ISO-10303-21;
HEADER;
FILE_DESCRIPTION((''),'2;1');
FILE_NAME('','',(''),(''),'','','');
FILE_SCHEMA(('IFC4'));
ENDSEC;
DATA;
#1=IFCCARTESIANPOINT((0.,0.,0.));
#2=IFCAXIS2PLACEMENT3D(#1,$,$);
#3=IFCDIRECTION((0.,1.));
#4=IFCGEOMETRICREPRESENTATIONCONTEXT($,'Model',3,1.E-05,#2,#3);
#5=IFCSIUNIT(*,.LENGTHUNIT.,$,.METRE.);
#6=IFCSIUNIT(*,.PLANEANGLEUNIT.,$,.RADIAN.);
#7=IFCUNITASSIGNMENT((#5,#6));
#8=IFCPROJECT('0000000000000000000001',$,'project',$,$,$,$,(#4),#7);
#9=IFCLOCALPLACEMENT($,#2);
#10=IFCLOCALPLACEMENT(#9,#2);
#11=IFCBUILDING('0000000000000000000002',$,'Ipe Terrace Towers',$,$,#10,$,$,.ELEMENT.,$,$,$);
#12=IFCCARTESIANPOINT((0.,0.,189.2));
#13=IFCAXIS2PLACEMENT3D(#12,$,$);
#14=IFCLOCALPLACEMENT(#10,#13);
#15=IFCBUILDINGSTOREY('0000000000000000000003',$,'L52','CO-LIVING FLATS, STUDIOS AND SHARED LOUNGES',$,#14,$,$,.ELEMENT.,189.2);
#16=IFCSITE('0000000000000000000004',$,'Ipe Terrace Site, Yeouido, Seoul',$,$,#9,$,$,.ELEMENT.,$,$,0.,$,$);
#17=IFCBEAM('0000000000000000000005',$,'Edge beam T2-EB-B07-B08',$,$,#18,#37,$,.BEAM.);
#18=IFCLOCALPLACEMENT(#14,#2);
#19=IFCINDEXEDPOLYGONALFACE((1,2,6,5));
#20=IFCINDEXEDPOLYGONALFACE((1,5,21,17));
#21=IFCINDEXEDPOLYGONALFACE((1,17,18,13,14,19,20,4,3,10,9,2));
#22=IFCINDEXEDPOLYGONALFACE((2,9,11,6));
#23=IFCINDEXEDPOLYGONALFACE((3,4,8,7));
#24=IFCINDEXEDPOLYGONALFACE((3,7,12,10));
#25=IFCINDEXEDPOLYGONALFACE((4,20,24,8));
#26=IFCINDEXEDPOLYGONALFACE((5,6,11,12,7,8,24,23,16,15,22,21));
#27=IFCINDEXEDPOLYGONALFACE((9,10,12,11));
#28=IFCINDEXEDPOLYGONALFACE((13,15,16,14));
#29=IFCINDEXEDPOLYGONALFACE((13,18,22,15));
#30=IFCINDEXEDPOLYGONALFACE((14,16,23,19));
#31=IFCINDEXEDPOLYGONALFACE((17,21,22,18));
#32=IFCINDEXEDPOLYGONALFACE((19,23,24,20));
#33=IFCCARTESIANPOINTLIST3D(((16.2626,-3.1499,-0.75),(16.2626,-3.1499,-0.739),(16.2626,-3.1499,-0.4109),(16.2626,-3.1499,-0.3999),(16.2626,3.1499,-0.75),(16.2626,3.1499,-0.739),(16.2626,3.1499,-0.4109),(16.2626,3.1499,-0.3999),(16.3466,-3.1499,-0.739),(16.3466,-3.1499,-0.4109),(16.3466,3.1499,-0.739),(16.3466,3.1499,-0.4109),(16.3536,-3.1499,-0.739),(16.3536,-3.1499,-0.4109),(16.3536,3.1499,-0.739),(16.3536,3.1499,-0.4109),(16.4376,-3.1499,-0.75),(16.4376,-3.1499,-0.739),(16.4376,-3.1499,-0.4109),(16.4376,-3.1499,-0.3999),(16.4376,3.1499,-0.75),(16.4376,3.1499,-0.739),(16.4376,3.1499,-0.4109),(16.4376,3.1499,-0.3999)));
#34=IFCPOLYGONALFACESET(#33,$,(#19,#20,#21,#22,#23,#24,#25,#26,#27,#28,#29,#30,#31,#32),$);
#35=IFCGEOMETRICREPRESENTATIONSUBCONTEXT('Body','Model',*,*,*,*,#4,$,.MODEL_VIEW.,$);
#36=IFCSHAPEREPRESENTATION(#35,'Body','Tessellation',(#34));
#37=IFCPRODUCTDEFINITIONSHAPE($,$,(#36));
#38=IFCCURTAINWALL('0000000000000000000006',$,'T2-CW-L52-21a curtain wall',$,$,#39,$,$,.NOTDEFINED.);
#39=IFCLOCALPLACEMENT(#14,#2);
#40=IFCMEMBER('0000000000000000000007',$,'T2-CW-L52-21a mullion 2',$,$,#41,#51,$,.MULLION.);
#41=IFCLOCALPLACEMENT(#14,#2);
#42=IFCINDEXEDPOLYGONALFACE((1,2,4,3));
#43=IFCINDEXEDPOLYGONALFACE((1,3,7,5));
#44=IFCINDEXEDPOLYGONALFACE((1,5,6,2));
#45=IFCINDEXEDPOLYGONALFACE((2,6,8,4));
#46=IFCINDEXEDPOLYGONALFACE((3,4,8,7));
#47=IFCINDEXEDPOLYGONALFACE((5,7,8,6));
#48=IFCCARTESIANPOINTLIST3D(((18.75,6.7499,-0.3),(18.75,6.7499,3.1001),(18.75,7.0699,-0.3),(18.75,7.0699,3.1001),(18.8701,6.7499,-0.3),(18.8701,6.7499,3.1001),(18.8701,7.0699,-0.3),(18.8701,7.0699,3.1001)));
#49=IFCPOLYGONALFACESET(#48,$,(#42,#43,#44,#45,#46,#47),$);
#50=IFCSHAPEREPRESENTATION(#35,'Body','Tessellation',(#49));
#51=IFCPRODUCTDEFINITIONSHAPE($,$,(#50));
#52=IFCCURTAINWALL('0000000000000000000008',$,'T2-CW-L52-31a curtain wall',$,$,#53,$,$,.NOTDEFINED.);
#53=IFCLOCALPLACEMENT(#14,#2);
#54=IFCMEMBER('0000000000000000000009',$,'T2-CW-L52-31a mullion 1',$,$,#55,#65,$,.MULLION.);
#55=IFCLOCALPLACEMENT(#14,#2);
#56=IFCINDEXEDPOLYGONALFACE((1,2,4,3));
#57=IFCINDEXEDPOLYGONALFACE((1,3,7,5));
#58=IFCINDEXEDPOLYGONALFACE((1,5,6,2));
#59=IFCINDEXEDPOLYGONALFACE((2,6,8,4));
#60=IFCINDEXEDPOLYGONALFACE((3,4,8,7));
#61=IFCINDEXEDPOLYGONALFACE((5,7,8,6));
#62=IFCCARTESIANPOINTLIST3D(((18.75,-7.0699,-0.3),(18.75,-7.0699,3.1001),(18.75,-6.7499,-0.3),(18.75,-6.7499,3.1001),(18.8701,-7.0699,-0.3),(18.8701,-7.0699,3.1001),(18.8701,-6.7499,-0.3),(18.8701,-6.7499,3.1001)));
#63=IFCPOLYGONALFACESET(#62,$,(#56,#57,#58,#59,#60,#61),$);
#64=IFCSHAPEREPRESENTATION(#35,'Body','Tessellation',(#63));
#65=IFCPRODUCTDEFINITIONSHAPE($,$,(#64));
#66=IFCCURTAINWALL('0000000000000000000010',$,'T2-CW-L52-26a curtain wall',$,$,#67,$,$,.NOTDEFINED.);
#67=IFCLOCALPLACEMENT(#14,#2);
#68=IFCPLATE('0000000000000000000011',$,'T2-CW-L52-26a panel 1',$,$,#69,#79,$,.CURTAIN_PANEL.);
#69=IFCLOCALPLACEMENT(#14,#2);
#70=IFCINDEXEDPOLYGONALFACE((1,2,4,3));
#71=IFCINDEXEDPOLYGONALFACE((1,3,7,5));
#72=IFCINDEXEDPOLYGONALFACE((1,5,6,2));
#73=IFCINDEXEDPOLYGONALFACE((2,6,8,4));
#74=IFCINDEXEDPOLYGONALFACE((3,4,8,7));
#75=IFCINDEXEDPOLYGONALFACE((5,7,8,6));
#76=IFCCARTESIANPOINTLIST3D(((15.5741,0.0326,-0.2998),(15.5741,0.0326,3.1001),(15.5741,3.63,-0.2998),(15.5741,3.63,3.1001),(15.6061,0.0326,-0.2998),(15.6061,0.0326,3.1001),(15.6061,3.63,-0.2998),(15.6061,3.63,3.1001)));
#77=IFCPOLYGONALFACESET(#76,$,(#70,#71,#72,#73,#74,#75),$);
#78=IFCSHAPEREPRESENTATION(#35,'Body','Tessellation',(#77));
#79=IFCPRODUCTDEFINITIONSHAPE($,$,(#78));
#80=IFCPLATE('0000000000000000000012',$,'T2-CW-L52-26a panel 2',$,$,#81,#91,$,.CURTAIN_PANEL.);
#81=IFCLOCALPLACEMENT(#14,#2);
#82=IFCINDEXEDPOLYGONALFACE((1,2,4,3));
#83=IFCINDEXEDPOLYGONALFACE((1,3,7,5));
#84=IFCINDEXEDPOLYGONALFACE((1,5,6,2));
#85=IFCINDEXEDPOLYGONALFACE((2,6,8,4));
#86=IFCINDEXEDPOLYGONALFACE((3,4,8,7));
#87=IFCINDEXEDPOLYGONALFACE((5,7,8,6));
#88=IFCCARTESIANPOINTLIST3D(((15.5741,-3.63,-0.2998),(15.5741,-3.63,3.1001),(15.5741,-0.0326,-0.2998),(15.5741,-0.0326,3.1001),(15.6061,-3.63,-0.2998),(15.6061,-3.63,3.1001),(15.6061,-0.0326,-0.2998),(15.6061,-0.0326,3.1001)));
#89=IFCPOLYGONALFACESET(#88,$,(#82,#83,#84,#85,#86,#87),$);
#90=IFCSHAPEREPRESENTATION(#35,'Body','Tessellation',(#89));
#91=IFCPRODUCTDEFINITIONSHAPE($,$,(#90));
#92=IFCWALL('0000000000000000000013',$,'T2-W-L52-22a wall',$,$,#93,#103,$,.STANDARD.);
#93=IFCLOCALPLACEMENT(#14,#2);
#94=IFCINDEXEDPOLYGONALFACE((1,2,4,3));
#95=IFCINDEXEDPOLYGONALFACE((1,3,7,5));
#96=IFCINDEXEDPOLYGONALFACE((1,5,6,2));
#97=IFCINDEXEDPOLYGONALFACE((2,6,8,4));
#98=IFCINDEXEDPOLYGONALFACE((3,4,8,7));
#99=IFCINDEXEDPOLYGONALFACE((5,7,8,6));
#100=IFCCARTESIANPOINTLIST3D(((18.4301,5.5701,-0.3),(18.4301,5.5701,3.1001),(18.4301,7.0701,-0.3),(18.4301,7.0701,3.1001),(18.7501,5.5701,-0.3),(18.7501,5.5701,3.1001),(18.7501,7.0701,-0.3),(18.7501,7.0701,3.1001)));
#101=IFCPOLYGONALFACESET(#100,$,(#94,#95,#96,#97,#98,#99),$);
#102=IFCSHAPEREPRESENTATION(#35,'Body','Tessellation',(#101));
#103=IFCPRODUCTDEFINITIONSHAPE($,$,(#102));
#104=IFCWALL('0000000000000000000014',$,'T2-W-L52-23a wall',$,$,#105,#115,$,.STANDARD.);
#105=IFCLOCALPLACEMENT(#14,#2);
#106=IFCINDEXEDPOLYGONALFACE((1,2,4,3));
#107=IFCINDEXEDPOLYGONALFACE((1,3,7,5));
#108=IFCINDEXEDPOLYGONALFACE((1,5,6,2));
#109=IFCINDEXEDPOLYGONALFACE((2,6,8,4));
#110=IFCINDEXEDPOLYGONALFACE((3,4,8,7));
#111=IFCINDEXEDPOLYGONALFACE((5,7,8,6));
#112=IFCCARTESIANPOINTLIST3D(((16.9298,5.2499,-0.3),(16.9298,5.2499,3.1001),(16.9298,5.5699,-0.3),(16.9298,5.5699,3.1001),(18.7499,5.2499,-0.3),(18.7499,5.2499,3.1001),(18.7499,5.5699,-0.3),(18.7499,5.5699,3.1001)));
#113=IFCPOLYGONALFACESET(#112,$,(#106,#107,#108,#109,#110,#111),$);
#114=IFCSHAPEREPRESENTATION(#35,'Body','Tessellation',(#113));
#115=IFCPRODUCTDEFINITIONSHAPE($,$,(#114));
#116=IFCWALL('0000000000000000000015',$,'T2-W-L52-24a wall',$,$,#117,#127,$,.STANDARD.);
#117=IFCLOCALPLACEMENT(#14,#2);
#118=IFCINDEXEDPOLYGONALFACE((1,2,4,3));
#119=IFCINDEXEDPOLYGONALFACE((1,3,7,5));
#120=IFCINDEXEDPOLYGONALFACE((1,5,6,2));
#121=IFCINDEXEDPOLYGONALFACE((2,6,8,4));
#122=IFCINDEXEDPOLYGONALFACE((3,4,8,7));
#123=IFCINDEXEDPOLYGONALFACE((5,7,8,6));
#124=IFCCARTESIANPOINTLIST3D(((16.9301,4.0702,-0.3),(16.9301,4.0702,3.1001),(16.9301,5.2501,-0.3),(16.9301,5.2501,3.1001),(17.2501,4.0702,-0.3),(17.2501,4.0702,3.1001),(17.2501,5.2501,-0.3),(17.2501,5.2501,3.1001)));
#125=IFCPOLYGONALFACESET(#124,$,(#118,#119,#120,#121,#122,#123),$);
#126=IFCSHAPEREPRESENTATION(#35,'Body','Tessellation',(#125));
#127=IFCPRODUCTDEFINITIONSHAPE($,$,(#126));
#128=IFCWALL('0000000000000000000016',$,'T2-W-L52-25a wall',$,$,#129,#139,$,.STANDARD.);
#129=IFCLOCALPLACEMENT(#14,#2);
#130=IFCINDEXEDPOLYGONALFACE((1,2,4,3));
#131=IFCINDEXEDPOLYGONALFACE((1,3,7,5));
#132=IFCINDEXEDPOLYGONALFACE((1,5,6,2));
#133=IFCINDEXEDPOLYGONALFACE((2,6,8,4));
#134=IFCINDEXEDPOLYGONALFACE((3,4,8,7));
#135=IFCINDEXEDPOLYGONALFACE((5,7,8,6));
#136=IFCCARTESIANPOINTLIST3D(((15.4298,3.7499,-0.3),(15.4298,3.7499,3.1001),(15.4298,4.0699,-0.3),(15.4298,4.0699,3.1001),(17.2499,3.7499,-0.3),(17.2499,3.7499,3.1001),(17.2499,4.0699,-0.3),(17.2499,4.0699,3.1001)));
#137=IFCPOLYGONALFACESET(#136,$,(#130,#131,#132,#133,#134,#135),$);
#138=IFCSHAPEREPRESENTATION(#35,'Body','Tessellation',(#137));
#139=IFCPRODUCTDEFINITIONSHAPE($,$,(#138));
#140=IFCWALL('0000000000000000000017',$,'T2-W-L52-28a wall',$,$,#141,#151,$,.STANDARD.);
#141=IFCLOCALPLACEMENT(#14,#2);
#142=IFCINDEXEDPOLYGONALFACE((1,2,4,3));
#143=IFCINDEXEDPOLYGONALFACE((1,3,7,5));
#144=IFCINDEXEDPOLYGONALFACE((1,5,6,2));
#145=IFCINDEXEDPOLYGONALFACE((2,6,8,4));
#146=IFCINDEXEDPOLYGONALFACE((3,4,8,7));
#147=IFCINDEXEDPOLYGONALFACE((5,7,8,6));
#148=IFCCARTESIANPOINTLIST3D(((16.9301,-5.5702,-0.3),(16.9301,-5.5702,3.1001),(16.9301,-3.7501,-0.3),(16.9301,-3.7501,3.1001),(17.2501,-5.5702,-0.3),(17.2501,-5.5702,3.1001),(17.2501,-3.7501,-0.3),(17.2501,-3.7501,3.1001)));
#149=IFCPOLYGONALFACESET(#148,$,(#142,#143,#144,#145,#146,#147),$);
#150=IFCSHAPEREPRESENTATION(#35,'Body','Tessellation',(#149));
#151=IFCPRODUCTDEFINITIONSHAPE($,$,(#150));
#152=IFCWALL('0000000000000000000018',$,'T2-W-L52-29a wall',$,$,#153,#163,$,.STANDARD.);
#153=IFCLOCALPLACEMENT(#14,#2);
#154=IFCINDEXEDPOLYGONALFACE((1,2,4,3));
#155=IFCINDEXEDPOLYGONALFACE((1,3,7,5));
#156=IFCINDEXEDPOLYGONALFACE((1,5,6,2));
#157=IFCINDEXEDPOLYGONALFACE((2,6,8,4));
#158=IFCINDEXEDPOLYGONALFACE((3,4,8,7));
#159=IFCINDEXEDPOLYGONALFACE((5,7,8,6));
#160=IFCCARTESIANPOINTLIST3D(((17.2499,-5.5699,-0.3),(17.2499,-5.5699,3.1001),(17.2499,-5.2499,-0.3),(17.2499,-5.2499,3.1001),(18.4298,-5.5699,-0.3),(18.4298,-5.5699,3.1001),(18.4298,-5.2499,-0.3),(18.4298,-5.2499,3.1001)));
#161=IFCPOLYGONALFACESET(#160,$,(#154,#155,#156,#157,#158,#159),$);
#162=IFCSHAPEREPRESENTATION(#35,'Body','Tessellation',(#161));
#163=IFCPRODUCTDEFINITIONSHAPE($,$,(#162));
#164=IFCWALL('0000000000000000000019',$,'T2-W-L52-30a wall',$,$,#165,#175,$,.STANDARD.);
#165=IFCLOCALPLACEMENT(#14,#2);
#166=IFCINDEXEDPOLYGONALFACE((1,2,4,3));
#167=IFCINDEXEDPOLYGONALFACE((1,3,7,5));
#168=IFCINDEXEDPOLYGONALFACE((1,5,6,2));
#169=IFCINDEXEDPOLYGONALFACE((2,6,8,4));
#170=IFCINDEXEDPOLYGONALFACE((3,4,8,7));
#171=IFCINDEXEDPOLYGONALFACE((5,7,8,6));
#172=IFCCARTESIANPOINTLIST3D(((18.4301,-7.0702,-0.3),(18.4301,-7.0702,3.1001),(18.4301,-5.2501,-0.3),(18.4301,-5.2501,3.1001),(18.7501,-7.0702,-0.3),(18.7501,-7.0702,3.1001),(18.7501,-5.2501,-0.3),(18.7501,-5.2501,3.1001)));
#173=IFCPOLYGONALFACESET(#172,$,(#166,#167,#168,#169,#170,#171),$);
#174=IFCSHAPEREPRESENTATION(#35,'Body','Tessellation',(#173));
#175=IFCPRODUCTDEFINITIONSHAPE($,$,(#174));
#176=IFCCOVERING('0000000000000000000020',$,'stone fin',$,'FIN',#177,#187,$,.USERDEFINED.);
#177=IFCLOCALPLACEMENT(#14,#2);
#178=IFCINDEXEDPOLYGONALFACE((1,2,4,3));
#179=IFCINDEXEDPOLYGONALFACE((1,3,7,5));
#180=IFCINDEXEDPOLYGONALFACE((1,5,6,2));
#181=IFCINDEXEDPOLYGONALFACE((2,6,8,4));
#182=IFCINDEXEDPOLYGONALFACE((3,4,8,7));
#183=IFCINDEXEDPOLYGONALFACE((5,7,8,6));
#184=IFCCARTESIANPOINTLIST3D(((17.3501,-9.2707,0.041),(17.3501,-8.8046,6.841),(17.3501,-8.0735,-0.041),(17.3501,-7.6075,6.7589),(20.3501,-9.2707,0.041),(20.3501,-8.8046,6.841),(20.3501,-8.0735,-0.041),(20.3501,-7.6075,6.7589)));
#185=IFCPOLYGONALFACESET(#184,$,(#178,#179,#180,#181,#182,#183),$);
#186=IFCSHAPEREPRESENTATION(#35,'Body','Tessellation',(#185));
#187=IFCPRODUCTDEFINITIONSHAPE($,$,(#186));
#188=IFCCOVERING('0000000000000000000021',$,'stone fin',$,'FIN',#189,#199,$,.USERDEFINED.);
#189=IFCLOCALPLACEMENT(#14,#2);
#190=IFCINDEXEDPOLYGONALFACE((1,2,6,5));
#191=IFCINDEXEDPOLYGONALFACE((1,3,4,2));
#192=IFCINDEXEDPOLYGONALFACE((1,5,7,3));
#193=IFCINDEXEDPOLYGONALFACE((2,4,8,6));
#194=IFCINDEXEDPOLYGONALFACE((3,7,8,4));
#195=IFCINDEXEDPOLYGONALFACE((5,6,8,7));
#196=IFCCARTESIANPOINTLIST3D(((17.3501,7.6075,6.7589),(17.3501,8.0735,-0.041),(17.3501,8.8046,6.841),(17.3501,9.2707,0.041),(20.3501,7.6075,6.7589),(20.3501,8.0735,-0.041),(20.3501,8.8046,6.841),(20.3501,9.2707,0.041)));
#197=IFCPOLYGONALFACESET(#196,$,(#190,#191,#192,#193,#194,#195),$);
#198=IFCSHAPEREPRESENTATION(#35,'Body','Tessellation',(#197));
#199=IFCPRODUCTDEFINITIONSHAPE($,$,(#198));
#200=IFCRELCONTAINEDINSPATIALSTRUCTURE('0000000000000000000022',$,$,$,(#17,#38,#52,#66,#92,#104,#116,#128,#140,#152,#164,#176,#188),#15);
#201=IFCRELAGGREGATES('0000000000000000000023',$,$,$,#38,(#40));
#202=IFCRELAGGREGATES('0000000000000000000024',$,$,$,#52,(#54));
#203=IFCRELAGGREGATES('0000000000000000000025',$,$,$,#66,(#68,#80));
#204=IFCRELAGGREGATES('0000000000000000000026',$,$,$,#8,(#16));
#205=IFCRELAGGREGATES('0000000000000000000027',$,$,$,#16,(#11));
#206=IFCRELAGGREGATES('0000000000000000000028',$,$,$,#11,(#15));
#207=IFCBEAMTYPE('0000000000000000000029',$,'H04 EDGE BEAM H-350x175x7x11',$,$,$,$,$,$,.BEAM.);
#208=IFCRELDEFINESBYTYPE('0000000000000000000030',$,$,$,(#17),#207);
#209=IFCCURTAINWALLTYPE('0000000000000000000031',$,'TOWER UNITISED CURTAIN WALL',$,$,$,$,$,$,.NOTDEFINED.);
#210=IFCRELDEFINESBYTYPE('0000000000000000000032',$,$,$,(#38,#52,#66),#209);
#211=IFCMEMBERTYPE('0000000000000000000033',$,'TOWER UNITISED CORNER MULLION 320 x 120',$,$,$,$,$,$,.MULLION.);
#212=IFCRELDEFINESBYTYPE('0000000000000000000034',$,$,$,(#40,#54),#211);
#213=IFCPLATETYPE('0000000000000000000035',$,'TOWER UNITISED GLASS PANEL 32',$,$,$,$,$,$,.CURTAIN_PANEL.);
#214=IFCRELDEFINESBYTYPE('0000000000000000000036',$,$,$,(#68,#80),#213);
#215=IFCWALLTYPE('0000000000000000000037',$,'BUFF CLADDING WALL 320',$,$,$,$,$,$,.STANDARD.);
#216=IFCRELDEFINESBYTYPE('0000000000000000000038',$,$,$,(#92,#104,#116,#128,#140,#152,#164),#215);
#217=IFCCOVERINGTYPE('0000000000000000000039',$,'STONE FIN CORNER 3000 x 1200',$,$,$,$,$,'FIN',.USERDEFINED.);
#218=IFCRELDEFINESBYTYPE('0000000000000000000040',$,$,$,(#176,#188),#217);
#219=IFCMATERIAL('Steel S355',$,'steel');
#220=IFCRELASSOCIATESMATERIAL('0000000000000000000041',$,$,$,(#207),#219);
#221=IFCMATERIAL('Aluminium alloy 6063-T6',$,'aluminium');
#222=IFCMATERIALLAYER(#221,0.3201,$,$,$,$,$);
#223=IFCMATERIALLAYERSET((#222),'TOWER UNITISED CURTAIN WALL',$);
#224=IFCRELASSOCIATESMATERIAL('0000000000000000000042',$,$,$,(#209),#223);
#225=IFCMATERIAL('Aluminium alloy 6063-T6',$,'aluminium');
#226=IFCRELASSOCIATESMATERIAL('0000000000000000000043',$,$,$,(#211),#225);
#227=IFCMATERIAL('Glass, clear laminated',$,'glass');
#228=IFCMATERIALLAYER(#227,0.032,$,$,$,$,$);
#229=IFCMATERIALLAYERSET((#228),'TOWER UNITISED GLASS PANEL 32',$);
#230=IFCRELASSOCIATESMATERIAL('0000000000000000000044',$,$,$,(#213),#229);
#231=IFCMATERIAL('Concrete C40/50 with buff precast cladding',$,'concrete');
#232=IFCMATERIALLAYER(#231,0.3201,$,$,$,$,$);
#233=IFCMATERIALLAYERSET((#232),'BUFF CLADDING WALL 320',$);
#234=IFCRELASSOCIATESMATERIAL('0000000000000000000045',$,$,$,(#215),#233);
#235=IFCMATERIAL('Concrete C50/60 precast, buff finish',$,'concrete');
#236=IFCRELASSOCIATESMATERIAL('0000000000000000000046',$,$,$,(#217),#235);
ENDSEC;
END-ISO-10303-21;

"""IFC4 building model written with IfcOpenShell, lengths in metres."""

from ifc_helpers import new_model, si_unit, direction, frame, frame_2d, origin, origin_2d, place, context, subcontext, project, spatial, rectangle, i_section, extrude, material, layer, layer_set, material_profile, profile_set, type_object, element, aggregate, save


model = new_model("IFC4")

# Units and contexts
model_context = context("Model", 3, precision=1e-05, world=origin(), true_north=direction((0.0, 1.0)))
body_context = subcontext(model_context, "Body", "Model", "MODEL_VIEW")
ifc_project = project(units=[si_unit("LENGTHUNIT", "METRE"), si_unit("PLANEANGLEUNIT", "RADIAN")], contexts=[model_context])

# Site, building, storey
site_placement = place(None, origin())
site = spatial("IfcSite", under=ifc_project, at=site_placement, Name="Ipe Terrace Site, Yeouido, Seoul", CompositionType="ELEMENT", RefElevation=0.0)
building_placement = place(site_placement, origin())
building = spatial("IfcBuilding", under=site, at=building_placement, Name="Ipe Terrace Towers", CompositionType="ELEMENT")
storey_placement = place(building_placement, frame((0.0, 0.0, 189.2)))
storey = spatial("IfcBuildingStorey", under=building, at=storey_placement, Name="L52", Description="CO-LIVING FLATS, STUDIOS AND SHARED LOUNGES", CompositionType="ELEMENT", Elevation=189.2)

# Beam
ifc_material_1 = material(Name="Steel S355", Category="steel")
ifc_material_profile_1 = material_profile(ifc_material_1, i_section(OverallWidth=0.175, OverallDepth=0.3501, WebThickness=0.0071, FlangeThickness=0.011, at=origin_2d()), Name="H-350x175x7x11")
ifc_profile_set_1 = profile_set([ifc_material_profile_1], Name="Steel S355")
beam_type_1 = type_object("IfcBeamType", Name="H04 EDGE BEAM H-350x175x7x11", PredefinedType="BEAM", material=ifc_profile_set_1)
beam_placement = place(storey_placement, frame((16.3501, 3.1499, -0.575), z_axis=(0.0, -1.0, 0.0), x_axis=(1.0, 0.0, 0.0)))
element("IfcBeam", 1, at=beam_placement, inside=storey, type_object=beam_type_1, Name="Edge beam T2-EB-B07-B08", PredefinedType="BEAM", context=body_context, shape_type="SweptSolid", body=[
    extrude(i_section(OverallWidth=0.175, OverallDepth=0.3501, WebThickness=0.0071, FlangeThickness=0.011, at=origin_2d()), origin(), (0.0, 0.0, 1.0), 6.2998),
])

# Curtain walls, members
ifc_material_2 = material(Name="Aluminium alloy 6063-T6", Category="aluminium")
ifc_layer_1 = layer(ifc_material_2, 0.3201)
ifc_layer_set_1 = layer_set([ifc_layer_1], Name="TOWER UNITISED CURTAIN WALL")
curtain_wall_type = type_object("IfcCurtainWallType", Name="TOWER UNITISED CURTAIN WALL", PredefinedType="NOTDEFINED", material=ifc_layer_set_1)
curtain_wall_1_placement = place(storey_placement, origin())
curtain_wall_1 = element("IfcCurtainWall", 2, at=curtain_wall_1_placement, inside=storey, type_object=curtain_wall_type, Name="T2-CW-L52-21a curtain wall", PredefinedType="NOTDEFINED")
ifc_material_3 = material(Name="Aluminium alloy 6063-T6", Category="aluminium")
ifc_material_profile_2 = material_profile(ifc_material_3, rectangle(XDim=0.3201, YDim=0.1201, at=origin_2d()), Name="TOWER UNITISED CORNER MULLION 320 x 120")
ifc_profile_set_2 = profile_set([ifc_material_profile_2], Name="Aluminium alloy 6063-T6")
member_type = type_object("IfcMemberType", Name="TOWER UNITISED CORNER MULLION 320 x 120", PredefinedType="MULLION", material=ifc_profile_set_2)
member_1_placement = place(storey_placement, frame((18.8101, 6.9099, -0.3), z_axis=(0.0, 0.0, 1.0), x_axis=(0.0, 1.0, 0.0)))
member_1 = element("IfcMember", 3, at=member_1_placement, type_object=member_type, Name="T2-CW-L52-21a mullion 2", PredefinedType="MULLION", context=body_context, shape_type="SweptSolid", body=[
    extrude(rectangle(XDim=0.3201, YDim=0.1201, at=origin_2d()), origin(), (0.0, 0.0, 1.0), 3.4001),
])
aggregate(curtain_wall_1, [member_1])
curtain_wall_2_placement = place(storey_placement, origin())
curtain_wall_2 = element("IfcCurtainWall", 4, at=curtain_wall_2_placement, inside=storey, type_object=curtain_wall_type, Name="T2-CW-L52-31a curtain wall", PredefinedType="NOTDEFINED")
member_2_placement = place(storey_placement, frame((18.8101, -6.9099, -0.3), z_axis=(0.0, 0.0, 1.0), x_axis=(0.0, -1.0, 0.0)))
member_2 = element("IfcMember", 5, at=member_2_placement, type_object=member_type, Name="T2-CW-L52-31a mullion 1", PredefinedType="MULLION", context=body_context, shape_type="SweptSolid", body=[
    extrude(rectangle(XDim=0.3201, YDim=0.1201, at=origin_2d()), origin(), (0.0, 0.0, 1.0), 3.4001),
])
aggregate(curtain_wall_2, [member_2])

# Curtain wall, plates
curtain_wall_3_placement = place(storey_placement, origin())
curtain_wall_3 = element("IfcCurtainWall", 6, at=curtain_wall_3_placement, inside=storey, type_object=curtain_wall_type, Name="T2-CW-L52-26a curtain wall", PredefinedType="NOTDEFINED")
ifc_material_4 = material(Name="Glass, clear laminated", Category="glass")
ifc_layer_2 = layer(ifc_material_4, 0.032)
ifc_layer_set_2 = layer_set([ifc_layer_2], Name="TOWER UNITISED GLASS PANEL 32")
plate_type = type_object("IfcPlateType", Name="TOWER UNITISED GLASS PANEL 32", PredefinedType="CURTAIN_PANEL", material=ifc_layer_set_2)
plate_1_placement = place(storey_placement, frame((15.5901, 1.8313, -0.2998), z_axis=(0.0, 0.0, 1.0), x_axis=(0.0, -1.0, 0.0)))
plate_1 = element("IfcPlate", 7, at=plate_1_placement, type_object=plate_type, Name="T2-CW-L52-26a panel 1", PredefinedType="CURTAIN_PANEL", context=body_context, shape_type="SweptSolid", body=[
    extrude(rectangle(XDim=3.5974, YDim=0.032, at=origin_2d()), origin(), (0.0, 0.0, 1.0), 3.3999),
])
plate_2_placement = place(storey_placement, frame((15.5901, -1.8313, -0.2998), z_axis=(0.0, 0.0, 1.0), x_axis=(0.0, -1.0, 0.0)))
plate_2 = element("IfcPlate", 8, at=plate_2_placement, type_object=plate_type, Name="T2-CW-L52-26a panel 2", PredefinedType="CURTAIN_PANEL", context=body_context, shape_type="SweptSolid", body=[
    extrude(rectangle(XDim=3.5974, YDim=0.032, at=origin_2d()), origin(), (0.0, 0.0, 1.0), 3.3999),
])
aggregate(curtain_wall_3, [plate_1, plate_2])

# Walls
ifc_material_5 = material(Name="Concrete C40/50 with buff precast cladding", Category="concrete")
ifc_layer_3 = layer(ifc_material_5, 0.3201)
ifc_layer_set_3 = layer_set([ifc_layer_3], Name="BUFF CLADDING WALL 320")
wall_type = type_object("IfcWallType", Name="BUFF CLADDING WALL 320", PredefinedType="STANDARD", material=ifc_layer_set_3)
wall_1_placement = place(storey_placement, frame((18.5901, 7.0701, -0.3), z_axis=(0.0, 0.0, 1.0), x_axis=(0.0, -1.0, 0.0)))
element("IfcWall", 9, at=wall_1_placement, inside=storey, type_object=wall_type, Name="T2-W-L52-22a wall", PredefinedType="STANDARD", context=body_context, shape_type="SweptSolid", body=[
    extrude(rectangle(XDim=1.5, YDim=0.3201, at=frame_2d((0.75, 0.0))), origin(), (0.0, 0.0, 1.0), 3.4001),
])
wall_2_placement = place(storey_placement, frame((18.75, 5.4099, -0.3), z_axis=(0.0, 0.0, 1.0), x_axis=(-1.0, 0.0, 0.0)))
element("IfcWall", 10, at=wall_2_placement, inside=storey, type_object=wall_type, Name="T2-W-L52-23a wall", PredefinedType="STANDARD", context=body_context, shape_type="SweptSolid", body=[
    extrude(rectangle(XDim=1.8201, YDim=0.3201, at=frame_2d((0.9102, 0.0))), origin(), (0.0, 0.0, 1.0), 3.4001),
])
wall_3_placement = place(storey_placement, frame((17.0901, 5.25, -0.3), z_axis=(0.0, 0.0, 1.0), x_axis=(0.0, -1.0, 0.0)))
element("IfcWall", 11, at=wall_3_placement, inside=storey, type_object=wall_type, Name="T2-W-L52-24a wall", PredefinedType="STANDARD", context=body_context, shape_type="SweptSolid", body=[
    extrude(rectangle(XDim=1.1799, YDim=0.3201, at=frame_2d((0.5898, 0.0))), origin(), (0.0, 0.0, 1.0), 3.4001),
])
for number, where, z_axis, x_axis, name in (
    (12, (17.25, 3.9099, -0.3), (0.0, 0.0, 1.0), (-1.0, 0.0, 0.0), "T2-W-L52-25a wall"),
    (13, (17.0901, -3.75, -0.3), (0.0, 0.0, 1.0), (0.0, -1.0, 0.0), "T2-W-L52-28a wall"),
):
    element("IfcWall", number, at=place(storey_placement, frame(where, z_axis=z_axis, x_axis=x_axis)), inside=storey, type_object=wall_type, Name=name, PredefinedType="STANDARD", context=body_context, shape_type="SweptSolid", body=[
        extrude(rectangle(XDim=1.8201, YDim=0.3201, at=frame_2d((0.9102, 0.0))), origin(), (0.0, 0.0, 1.0), 3.4001),
    ])
wall_4_placement = place(storey_placement, frame((17.25, -5.4099, -0.3), z_axis=(0.0, 0.0, 1.0), x_axis=(1.0, 0.0, 0.0)))
element("IfcWall", 14, at=wall_4_placement, inside=storey, type_object=wall_type, Name="T2-W-L52-29a wall", PredefinedType="STANDARD", context=body_context, shape_type="SweptSolid", body=[
    extrude(rectangle(XDim=1.1799, YDim=0.3201, at=frame_2d((0.5898, 0.0))), origin(), (0.0, 0.0, 1.0), 3.4001),
])
wall_5_placement = place(storey_placement, frame((18.5901, -5.25, -0.3), z_axis=(0.0, 0.0, 1.0), x_axis=(0.0, -1.0, 0.0)))
element("IfcWall", 15, at=wall_5_placement, inside=storey, type_object=wall_type, Name="T2-W-L52-30a wall", PredefinedType="STANDARD", context=body_context, shape_type="SweptSolid", body=[
    extrude(rectangle(XDim=1.8201, YDim=0.3201, at=frame_2d((0.9102, 0.0))), origin(), (0.0, 0.0, 1.0), 3.4001),
])

# Coverings
ifc_material_6 = material(Name="Concrete C50/60 precast, buff finish", Category="concrete")
ifc_material_profile_3 = material_profile(ifc_material_6, rectangle(XDim=3.0, YDim=1.2, at=origin_2d()), Name="STONE FIN CORNER 3000 x 1200")
ifc_profile_set_3 = profile_set([ifc_material_profile_3], Name="Concrete C50/60 precast, buff finish")
covering_type_1 = type_object("IfcCoveringType", Name="STONE FIN CORNER 3000 x 1200", ElementType="FIN", PredefinedType="USERDEFINED", material=ifc_profile_set_3)
for number, where, z_axis, x_axis, name in (
    (16, (18.8501, -8.6721, 0.0), (0.0, 0.068378, 0.997659), (1.0, 0.0, 0.0), "stone fin"),
    (17, (18.8501, 8.6721, 0.0), (0.0, -0.068378, 0.997659), (-1.0, 0.0, 0.0), "stone fin"),
):
    element("IfcCovering", number, at=place(storey_placement, frame(where, z_axis=z_axis, x_axis=x_axis)), inside=storey, type_object=covering_type_1, Name=name, ObjectType="FIN", PredefinedType="USERDEFINED", context=body_context, shape_type="SweptSolid", body=[
        extrude(rectangle(XDim=3.0, YDim=1.2, at=origin_2d()), origin(), (0.0, 0.0, 1.0), 6.8159),
    ])

save(model, "model.ifc")
